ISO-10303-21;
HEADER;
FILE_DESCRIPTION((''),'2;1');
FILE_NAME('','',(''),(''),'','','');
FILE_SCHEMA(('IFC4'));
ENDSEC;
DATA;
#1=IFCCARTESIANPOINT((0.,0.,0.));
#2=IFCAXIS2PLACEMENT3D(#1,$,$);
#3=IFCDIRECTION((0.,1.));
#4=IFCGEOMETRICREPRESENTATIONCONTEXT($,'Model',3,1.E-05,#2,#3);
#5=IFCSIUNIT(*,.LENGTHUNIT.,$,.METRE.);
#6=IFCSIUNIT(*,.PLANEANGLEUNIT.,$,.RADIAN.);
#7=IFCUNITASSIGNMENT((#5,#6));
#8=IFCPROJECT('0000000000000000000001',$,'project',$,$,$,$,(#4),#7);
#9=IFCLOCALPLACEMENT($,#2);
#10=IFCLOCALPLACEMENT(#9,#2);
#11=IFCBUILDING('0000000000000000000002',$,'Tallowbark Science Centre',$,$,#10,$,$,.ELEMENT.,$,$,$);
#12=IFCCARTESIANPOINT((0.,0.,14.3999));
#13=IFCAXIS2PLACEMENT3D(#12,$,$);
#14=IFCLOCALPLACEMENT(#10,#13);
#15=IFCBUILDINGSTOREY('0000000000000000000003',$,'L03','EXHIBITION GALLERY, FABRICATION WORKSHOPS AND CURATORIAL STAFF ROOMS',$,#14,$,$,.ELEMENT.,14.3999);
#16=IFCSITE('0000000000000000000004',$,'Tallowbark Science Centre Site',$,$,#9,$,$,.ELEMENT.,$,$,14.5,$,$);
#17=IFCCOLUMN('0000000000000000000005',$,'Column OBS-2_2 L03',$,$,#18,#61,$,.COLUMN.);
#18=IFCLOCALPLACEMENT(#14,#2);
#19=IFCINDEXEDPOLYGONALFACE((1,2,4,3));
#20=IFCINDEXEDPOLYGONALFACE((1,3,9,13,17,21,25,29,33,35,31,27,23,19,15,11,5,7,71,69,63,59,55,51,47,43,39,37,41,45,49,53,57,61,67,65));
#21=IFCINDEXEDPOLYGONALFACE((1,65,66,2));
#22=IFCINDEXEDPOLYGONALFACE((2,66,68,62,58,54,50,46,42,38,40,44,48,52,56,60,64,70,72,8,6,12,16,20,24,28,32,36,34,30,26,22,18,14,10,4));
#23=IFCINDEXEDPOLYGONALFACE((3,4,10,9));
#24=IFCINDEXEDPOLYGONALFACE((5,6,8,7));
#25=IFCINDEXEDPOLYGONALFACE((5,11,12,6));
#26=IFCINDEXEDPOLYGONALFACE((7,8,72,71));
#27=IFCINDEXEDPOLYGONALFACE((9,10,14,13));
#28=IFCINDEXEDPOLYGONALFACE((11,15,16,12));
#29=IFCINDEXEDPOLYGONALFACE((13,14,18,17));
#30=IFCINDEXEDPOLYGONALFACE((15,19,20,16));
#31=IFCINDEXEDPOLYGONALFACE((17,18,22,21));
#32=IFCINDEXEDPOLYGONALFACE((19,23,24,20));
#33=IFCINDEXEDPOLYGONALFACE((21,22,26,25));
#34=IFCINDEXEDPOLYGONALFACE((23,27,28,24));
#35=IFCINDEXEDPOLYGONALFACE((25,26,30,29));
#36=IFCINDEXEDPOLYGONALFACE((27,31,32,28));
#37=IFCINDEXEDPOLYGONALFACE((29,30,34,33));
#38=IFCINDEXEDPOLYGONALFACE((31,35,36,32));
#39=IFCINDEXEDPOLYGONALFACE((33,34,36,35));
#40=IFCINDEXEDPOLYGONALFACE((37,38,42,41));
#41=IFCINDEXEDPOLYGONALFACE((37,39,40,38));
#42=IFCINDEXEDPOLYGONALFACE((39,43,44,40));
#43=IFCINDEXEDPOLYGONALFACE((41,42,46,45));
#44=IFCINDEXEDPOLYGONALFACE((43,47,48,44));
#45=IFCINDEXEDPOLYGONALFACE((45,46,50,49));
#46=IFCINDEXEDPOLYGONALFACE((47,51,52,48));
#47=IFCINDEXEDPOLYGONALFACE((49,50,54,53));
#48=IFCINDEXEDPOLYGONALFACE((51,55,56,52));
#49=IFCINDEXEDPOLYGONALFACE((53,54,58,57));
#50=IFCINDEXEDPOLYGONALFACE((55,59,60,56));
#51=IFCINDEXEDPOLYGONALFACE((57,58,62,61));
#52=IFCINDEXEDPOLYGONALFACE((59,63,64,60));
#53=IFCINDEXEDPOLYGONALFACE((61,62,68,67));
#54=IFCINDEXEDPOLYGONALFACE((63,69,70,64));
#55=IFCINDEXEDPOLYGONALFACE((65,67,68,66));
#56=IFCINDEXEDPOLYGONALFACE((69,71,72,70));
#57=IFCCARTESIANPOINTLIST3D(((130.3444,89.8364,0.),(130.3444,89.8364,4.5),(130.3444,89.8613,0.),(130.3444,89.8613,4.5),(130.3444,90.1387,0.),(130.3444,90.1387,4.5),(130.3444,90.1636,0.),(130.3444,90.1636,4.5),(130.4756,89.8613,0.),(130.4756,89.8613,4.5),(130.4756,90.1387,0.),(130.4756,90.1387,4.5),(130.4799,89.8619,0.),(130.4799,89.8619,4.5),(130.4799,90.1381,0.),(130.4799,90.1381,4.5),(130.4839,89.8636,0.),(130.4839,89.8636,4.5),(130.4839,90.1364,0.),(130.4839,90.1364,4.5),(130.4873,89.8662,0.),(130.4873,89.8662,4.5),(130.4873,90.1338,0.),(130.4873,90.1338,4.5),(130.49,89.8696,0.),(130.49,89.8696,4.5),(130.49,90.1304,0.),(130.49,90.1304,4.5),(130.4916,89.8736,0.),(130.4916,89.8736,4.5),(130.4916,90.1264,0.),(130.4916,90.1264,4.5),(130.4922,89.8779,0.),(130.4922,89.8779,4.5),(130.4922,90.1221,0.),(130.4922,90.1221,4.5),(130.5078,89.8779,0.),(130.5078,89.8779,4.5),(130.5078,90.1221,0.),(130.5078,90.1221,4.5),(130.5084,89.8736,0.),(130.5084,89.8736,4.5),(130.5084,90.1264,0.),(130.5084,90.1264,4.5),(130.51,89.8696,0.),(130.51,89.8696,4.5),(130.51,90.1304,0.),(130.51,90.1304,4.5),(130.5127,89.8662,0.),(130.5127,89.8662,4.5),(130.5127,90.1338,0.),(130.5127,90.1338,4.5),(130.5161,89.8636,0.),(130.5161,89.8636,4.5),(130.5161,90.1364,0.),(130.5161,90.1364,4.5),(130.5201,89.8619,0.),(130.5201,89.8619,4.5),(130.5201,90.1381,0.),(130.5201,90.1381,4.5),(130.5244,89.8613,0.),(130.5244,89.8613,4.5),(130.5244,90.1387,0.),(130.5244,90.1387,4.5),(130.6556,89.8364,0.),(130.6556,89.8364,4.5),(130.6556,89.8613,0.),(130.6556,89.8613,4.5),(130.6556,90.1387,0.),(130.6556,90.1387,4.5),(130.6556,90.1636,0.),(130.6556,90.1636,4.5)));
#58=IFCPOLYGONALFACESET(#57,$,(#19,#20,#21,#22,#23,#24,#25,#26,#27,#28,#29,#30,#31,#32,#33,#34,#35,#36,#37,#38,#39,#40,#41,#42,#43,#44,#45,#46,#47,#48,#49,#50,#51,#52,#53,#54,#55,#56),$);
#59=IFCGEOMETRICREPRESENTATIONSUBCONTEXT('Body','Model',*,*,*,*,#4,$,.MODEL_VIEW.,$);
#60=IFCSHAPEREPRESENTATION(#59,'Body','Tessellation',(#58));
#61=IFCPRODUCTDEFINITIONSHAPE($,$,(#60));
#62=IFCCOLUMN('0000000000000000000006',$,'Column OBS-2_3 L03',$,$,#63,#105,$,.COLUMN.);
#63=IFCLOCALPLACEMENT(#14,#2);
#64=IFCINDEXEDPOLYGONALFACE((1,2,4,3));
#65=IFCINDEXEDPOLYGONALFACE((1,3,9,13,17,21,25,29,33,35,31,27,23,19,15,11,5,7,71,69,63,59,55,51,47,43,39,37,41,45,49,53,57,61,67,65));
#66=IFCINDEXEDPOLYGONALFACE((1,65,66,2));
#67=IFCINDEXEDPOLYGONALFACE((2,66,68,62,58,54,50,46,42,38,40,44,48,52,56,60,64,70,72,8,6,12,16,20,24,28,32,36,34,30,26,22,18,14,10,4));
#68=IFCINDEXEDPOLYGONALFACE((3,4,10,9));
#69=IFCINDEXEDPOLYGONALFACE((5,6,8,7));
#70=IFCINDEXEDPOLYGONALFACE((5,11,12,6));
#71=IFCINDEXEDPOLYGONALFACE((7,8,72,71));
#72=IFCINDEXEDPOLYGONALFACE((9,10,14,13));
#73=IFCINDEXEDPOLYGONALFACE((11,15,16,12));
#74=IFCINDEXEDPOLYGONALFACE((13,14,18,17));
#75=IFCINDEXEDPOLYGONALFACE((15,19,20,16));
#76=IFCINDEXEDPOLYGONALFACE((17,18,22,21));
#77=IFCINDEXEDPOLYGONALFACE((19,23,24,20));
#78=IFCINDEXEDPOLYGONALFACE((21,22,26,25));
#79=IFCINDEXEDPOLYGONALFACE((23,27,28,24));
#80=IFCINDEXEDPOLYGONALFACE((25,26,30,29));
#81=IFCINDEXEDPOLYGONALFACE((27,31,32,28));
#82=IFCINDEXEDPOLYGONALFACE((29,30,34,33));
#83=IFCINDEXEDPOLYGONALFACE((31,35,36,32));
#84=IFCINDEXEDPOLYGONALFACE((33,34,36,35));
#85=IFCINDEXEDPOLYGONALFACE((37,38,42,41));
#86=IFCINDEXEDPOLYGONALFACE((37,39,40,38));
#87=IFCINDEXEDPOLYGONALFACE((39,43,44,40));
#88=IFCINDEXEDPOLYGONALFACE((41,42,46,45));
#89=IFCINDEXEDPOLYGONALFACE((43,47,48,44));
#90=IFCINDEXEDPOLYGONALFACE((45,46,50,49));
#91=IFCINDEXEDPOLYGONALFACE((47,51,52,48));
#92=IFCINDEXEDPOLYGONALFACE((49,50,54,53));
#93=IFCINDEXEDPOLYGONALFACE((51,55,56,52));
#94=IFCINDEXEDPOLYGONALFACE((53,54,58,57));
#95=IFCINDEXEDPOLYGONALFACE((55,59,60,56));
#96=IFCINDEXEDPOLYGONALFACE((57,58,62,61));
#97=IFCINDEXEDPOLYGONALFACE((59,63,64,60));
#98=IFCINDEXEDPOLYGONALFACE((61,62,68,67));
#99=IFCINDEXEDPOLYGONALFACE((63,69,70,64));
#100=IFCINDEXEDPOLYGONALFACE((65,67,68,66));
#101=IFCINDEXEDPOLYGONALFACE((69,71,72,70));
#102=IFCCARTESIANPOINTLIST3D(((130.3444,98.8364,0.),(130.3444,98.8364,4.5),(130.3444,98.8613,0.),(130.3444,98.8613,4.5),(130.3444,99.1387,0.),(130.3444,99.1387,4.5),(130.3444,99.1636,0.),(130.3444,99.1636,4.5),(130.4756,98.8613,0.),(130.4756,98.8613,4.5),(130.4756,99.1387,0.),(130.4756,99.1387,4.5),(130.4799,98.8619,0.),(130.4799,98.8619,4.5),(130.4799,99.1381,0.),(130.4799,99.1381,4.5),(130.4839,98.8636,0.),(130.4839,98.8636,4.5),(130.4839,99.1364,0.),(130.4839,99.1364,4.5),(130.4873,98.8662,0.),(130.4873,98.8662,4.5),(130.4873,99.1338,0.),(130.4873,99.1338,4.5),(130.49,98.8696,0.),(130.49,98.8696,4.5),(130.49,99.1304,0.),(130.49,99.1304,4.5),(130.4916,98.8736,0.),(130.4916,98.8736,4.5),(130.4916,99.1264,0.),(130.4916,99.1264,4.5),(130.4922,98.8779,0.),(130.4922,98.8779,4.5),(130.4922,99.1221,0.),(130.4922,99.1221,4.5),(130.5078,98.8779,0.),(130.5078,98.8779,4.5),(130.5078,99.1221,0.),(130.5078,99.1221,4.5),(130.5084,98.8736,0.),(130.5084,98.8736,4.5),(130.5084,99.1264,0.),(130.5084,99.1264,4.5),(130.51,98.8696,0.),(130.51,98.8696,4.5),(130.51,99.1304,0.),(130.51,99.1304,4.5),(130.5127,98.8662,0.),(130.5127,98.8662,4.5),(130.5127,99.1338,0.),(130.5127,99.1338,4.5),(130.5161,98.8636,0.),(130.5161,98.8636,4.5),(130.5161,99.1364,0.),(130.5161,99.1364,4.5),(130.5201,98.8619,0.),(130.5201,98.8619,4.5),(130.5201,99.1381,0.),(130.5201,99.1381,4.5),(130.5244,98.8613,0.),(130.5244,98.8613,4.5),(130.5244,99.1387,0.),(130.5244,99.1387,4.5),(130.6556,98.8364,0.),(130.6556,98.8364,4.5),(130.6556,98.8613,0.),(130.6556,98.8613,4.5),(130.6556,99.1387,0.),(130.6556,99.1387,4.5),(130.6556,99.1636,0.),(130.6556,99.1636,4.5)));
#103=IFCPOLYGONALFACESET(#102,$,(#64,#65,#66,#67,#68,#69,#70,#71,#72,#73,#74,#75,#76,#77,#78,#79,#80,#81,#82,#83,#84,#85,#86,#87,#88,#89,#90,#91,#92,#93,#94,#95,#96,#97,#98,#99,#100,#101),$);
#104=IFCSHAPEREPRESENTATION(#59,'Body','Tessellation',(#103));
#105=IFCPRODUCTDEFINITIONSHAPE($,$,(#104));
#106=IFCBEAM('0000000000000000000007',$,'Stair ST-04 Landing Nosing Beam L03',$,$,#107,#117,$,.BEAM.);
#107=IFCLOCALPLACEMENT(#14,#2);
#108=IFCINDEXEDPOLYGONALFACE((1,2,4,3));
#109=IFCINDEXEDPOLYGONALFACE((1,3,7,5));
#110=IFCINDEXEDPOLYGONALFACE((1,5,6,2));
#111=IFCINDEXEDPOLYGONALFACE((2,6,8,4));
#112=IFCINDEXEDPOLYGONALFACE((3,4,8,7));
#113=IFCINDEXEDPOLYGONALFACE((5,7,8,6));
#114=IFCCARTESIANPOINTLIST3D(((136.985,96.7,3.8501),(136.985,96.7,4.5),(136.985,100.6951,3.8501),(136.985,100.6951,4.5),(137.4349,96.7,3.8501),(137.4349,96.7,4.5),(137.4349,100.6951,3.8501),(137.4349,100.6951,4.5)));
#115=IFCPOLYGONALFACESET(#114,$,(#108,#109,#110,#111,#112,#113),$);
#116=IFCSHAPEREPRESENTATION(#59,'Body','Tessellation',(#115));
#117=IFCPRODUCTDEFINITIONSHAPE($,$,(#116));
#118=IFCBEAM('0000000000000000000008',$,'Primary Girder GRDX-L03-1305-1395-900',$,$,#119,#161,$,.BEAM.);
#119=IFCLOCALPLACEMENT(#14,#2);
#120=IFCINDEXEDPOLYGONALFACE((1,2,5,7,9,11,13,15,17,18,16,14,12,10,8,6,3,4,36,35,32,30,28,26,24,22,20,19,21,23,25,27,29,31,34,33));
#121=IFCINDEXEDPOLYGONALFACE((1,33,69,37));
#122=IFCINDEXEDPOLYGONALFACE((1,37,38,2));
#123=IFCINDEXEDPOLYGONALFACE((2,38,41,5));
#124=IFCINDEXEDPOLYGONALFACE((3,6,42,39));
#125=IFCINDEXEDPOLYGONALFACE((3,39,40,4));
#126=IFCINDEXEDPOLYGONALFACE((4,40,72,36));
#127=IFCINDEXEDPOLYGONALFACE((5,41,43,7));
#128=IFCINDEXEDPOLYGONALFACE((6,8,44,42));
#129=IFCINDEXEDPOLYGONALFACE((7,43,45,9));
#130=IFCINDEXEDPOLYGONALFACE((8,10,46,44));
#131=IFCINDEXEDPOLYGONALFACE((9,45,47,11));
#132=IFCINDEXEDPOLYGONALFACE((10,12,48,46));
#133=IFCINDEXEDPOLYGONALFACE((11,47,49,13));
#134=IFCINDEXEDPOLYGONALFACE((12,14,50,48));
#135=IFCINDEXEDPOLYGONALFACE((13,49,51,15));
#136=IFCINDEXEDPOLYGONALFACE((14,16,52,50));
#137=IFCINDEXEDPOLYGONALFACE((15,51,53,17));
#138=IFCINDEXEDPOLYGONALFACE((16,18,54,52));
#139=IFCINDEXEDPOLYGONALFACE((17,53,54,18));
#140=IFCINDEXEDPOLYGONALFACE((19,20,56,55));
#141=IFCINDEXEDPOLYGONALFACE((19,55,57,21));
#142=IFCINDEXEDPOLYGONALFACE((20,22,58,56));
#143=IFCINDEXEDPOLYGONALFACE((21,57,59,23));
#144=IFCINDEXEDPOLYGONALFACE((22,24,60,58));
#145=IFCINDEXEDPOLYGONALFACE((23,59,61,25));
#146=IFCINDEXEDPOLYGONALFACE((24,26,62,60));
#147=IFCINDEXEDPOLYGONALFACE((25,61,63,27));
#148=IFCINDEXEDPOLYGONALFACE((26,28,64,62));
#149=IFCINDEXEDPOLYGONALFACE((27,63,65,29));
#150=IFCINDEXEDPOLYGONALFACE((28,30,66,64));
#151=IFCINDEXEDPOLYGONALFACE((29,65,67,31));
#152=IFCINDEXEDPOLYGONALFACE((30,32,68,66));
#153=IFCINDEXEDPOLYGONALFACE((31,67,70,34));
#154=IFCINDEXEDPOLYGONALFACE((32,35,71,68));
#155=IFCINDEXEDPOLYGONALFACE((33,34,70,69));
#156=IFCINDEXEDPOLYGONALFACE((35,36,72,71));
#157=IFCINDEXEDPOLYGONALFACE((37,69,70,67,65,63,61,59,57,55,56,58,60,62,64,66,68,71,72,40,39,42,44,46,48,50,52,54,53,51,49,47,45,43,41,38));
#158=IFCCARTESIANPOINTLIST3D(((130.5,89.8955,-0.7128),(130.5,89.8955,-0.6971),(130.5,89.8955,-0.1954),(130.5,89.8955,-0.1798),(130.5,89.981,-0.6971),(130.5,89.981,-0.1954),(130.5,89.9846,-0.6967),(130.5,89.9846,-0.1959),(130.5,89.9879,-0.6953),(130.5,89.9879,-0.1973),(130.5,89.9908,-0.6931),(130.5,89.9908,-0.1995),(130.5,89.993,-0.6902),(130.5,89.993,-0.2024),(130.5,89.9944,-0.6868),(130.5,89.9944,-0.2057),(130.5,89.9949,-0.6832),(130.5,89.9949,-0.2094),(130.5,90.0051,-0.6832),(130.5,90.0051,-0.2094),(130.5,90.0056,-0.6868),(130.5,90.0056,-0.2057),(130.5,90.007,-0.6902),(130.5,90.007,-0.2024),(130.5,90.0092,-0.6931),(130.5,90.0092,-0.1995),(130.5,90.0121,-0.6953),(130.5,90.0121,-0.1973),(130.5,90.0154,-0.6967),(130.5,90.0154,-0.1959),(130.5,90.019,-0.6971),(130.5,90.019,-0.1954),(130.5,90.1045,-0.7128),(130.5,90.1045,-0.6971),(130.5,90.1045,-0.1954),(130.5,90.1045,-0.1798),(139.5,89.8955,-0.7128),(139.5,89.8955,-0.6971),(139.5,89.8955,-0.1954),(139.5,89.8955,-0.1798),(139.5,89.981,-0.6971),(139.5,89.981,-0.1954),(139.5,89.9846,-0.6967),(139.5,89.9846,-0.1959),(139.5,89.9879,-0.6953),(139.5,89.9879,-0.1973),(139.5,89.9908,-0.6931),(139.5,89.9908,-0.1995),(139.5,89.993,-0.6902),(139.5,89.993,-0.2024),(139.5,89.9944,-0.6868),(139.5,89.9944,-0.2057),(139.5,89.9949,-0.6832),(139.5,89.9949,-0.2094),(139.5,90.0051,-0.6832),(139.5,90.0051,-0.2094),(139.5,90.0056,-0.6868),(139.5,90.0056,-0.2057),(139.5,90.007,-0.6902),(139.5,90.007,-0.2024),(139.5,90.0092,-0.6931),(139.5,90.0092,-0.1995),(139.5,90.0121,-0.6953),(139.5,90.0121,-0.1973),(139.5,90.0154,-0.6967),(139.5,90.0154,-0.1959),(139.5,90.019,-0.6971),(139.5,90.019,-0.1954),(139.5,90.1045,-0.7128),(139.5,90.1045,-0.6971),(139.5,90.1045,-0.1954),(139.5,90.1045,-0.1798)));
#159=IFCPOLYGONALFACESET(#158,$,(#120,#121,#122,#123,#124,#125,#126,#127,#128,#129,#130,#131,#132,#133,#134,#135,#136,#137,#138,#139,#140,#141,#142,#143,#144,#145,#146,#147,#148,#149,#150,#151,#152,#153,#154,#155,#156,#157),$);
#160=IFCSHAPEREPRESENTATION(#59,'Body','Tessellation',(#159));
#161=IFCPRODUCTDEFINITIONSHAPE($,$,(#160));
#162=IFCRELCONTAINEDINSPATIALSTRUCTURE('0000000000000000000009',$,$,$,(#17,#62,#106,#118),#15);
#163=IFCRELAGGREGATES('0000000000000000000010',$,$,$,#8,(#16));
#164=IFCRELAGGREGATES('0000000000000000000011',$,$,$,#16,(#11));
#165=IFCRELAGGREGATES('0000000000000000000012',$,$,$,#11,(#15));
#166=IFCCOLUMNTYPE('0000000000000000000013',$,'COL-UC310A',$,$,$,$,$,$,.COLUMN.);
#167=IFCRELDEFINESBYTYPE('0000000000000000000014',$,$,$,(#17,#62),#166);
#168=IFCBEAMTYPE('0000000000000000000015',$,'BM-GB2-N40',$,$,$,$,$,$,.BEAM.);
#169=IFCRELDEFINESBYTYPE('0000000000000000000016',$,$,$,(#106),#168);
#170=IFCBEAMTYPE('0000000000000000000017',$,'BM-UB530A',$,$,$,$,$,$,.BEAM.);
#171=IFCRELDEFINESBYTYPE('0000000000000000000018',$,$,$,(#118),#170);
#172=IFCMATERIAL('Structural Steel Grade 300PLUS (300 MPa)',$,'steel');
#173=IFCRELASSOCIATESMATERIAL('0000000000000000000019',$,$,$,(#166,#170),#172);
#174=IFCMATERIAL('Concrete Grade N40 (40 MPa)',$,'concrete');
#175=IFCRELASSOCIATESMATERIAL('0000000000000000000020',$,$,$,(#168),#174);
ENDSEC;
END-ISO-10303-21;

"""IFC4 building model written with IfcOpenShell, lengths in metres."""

from ifc_helpers import new_model, si_unit, direction, frame, origin, origin_2d, place, context, subcontext, project, spatial, rectangle, i_section, extrude, material, material_profile, profile_set, type_object, element, save


model = new_model("IFC4")

# Units and contexts
model_context = context("Model", 3, precision=1e-05, world=origin(), true_north=direction((0.0, 1.0)))
body_context = subcontext(model_context, "Body", "Model", "MODEL_VIEW")
ifc_project = project(units=[si_unit("LENGTHUNIT", "METRE"), si_unit("PLANEANGLEUNIT", "RADIAN")], contexts=[model_context])

# Site, building, storey
site_placement = place(None, origin())
site = spatial("IfcSite", under=ifc_project, at=site_placement, Name="Tallowbark Science Centre Site", CompositionType="ELEMENT", RefElevation=14.5)
building_placement = place(site_placement, origin())
building = spatial("IfcBuilding", under=site, at=building_placement, Name="Tallowbark Science Centre", CompositionType="ELEMENT")
storey_placement = place(building_placement, frame((0.0, 0.0, 14.3999)))
storey = spatial("IfcBuildingStorey", under=building, at=storey_placement, Name="L03", Description="EXHIBITION GALLERY, FABRICATION WORKSHOPS AND CURATORIAL STAFF ROOMS", CompositionType="ELEMENT", Elevation=14.3999)

# Columns
ifc_material_1 = material(Name="Structural Steel Grade 300PLUS (300 MPa)", Category="steel")
ifc_material_profile_1 = material_profile(ifc_material_1, i_section(OverallWidth=0.3113, OverallDepth=0.3271, WebThickness=0.0156, FlangeThickness=0.0249, FilletRadius=0.0166, at=origin_2d()), Name="310UC158")
ifc_profile_set_1 = profile_set([ifc_material_profile_1], Name="Structural Steel Grade 300PLUS (300 MPa)")
column_type = type_object("IfcColumnType", Name="COL-UC310A", PredefinedType="COLUMN", material=ifc_profile_set_1)
for number, where, z_axis, x_axis, name in (
    (1, (130.5, 90.0, 0.0), (0.0, 0.0, 1.0), (1.0, 0.0, 0.0), "Column OBS-2_2 L03"),
    (2, (130.5, 99.0, 0.0), (0.0, 0.0, 1.0), (1.0, 0.0, 0.0), "Column OBS-2_3 L03"),
):
    element("IfcColumn", number, at=place(storey_placement, frame(where, z_axis=z_axis, x_axis=x_axis)), inside=storey, type_object=column_type, Name=name, PredefinedType="COLUMN", context=body_context, shape_type="SweptSolid", body=[
        extrude(i_section(OverallWidth=0.3113, OverallDepth=0.3271, WebThickness=0.0156, FlangeThickness=0.0249, FilletRadius=0.0166, at=origin_2d()), origin(), (0.0, 0.0, 1.0), 4.5),
    ])

# Beams
ifc_material_2 = material(Name="Concrete Grade N40 (40 MPa)", Category="concrete")
ifc_material_profile_2 = material_profile(ifc_material_2, rectangle(XDim=0.45, YDim=0.6499, at=origin_2d()), Name="RC450x650")
ifc_profile_set_2 = profile_set([ifc_material_profile_2], Name="Concrete Grade N40 (40 MPa)")
beam_type_1 = type_object("IfcBeamType", Name="BM-GB2-N40", PredefinedType="BEAM", material=ifc_profile_set_2)
beam_1_placement = place(storey_placement, frame((137.21, 96.7, 4.175), z_axis=(0.0, 1.0, 0.0), x_axis=(-1.0, 0.0, 0.0)))
element("IfcBeam", 3, at=beam_1_placement, inside=storey, type_object=beam_type_1, Name="Stair ST-04 Landing Nosing Beam L03", PredefinedType="BEAM", context=body_context, shape_type="SweptSolid", body=[
    extrude(rectangle(XDim=0.45, YDim=0.6499, at=origin_2d()), origin(), (0.0, 0.0, 1.0), 3.9951),
])
ifc_material_profile_3 = material_profile(ifc_material_1, i_section(OverallWidth=0.209, OverallDepth=0.533, WebThickness=0.0103, FlangeThickness=0.0156, FilletRadius=0.0139, at=origin_2d()), Name="530UB92.4")
ifc_profile_set_3 = profile_set([ifc_material_profile_3], Name="Structural Steel Grade 300PLUS (300 MPa)")
beam_type_2 = type_object("IfcBeamType", Name="BM-UB530A", PredefinedType="BEAM", material=ifc_profile_set_3)
beam_2_placement = place(storey_placement, frame((130.5, 90.0, -0.4463), z_axis=(1.0, 0.0, 0.0), x_axis=(0.0, 1.0, 0.0)))
element("IfcBeam", 4, at=beam_2_placement, inside=storey, type_object=beam_type_2, Name="Primary Girder GRDX-L03-1305-1395-900", PredefinedType="BEAM", context=body_context, shape_type="SweptSolid", body=[
    extrude(i_section(OverallWidth=0.209, OverallDepth=0.533, WebThickness=0.0103, FlangeThickness=0.0156, FilletRadius=0.0139, at=origin_2d()), origin(), (0.0, 0.0, 1.0), 9.0),
])

save(model, "model.ifc")
